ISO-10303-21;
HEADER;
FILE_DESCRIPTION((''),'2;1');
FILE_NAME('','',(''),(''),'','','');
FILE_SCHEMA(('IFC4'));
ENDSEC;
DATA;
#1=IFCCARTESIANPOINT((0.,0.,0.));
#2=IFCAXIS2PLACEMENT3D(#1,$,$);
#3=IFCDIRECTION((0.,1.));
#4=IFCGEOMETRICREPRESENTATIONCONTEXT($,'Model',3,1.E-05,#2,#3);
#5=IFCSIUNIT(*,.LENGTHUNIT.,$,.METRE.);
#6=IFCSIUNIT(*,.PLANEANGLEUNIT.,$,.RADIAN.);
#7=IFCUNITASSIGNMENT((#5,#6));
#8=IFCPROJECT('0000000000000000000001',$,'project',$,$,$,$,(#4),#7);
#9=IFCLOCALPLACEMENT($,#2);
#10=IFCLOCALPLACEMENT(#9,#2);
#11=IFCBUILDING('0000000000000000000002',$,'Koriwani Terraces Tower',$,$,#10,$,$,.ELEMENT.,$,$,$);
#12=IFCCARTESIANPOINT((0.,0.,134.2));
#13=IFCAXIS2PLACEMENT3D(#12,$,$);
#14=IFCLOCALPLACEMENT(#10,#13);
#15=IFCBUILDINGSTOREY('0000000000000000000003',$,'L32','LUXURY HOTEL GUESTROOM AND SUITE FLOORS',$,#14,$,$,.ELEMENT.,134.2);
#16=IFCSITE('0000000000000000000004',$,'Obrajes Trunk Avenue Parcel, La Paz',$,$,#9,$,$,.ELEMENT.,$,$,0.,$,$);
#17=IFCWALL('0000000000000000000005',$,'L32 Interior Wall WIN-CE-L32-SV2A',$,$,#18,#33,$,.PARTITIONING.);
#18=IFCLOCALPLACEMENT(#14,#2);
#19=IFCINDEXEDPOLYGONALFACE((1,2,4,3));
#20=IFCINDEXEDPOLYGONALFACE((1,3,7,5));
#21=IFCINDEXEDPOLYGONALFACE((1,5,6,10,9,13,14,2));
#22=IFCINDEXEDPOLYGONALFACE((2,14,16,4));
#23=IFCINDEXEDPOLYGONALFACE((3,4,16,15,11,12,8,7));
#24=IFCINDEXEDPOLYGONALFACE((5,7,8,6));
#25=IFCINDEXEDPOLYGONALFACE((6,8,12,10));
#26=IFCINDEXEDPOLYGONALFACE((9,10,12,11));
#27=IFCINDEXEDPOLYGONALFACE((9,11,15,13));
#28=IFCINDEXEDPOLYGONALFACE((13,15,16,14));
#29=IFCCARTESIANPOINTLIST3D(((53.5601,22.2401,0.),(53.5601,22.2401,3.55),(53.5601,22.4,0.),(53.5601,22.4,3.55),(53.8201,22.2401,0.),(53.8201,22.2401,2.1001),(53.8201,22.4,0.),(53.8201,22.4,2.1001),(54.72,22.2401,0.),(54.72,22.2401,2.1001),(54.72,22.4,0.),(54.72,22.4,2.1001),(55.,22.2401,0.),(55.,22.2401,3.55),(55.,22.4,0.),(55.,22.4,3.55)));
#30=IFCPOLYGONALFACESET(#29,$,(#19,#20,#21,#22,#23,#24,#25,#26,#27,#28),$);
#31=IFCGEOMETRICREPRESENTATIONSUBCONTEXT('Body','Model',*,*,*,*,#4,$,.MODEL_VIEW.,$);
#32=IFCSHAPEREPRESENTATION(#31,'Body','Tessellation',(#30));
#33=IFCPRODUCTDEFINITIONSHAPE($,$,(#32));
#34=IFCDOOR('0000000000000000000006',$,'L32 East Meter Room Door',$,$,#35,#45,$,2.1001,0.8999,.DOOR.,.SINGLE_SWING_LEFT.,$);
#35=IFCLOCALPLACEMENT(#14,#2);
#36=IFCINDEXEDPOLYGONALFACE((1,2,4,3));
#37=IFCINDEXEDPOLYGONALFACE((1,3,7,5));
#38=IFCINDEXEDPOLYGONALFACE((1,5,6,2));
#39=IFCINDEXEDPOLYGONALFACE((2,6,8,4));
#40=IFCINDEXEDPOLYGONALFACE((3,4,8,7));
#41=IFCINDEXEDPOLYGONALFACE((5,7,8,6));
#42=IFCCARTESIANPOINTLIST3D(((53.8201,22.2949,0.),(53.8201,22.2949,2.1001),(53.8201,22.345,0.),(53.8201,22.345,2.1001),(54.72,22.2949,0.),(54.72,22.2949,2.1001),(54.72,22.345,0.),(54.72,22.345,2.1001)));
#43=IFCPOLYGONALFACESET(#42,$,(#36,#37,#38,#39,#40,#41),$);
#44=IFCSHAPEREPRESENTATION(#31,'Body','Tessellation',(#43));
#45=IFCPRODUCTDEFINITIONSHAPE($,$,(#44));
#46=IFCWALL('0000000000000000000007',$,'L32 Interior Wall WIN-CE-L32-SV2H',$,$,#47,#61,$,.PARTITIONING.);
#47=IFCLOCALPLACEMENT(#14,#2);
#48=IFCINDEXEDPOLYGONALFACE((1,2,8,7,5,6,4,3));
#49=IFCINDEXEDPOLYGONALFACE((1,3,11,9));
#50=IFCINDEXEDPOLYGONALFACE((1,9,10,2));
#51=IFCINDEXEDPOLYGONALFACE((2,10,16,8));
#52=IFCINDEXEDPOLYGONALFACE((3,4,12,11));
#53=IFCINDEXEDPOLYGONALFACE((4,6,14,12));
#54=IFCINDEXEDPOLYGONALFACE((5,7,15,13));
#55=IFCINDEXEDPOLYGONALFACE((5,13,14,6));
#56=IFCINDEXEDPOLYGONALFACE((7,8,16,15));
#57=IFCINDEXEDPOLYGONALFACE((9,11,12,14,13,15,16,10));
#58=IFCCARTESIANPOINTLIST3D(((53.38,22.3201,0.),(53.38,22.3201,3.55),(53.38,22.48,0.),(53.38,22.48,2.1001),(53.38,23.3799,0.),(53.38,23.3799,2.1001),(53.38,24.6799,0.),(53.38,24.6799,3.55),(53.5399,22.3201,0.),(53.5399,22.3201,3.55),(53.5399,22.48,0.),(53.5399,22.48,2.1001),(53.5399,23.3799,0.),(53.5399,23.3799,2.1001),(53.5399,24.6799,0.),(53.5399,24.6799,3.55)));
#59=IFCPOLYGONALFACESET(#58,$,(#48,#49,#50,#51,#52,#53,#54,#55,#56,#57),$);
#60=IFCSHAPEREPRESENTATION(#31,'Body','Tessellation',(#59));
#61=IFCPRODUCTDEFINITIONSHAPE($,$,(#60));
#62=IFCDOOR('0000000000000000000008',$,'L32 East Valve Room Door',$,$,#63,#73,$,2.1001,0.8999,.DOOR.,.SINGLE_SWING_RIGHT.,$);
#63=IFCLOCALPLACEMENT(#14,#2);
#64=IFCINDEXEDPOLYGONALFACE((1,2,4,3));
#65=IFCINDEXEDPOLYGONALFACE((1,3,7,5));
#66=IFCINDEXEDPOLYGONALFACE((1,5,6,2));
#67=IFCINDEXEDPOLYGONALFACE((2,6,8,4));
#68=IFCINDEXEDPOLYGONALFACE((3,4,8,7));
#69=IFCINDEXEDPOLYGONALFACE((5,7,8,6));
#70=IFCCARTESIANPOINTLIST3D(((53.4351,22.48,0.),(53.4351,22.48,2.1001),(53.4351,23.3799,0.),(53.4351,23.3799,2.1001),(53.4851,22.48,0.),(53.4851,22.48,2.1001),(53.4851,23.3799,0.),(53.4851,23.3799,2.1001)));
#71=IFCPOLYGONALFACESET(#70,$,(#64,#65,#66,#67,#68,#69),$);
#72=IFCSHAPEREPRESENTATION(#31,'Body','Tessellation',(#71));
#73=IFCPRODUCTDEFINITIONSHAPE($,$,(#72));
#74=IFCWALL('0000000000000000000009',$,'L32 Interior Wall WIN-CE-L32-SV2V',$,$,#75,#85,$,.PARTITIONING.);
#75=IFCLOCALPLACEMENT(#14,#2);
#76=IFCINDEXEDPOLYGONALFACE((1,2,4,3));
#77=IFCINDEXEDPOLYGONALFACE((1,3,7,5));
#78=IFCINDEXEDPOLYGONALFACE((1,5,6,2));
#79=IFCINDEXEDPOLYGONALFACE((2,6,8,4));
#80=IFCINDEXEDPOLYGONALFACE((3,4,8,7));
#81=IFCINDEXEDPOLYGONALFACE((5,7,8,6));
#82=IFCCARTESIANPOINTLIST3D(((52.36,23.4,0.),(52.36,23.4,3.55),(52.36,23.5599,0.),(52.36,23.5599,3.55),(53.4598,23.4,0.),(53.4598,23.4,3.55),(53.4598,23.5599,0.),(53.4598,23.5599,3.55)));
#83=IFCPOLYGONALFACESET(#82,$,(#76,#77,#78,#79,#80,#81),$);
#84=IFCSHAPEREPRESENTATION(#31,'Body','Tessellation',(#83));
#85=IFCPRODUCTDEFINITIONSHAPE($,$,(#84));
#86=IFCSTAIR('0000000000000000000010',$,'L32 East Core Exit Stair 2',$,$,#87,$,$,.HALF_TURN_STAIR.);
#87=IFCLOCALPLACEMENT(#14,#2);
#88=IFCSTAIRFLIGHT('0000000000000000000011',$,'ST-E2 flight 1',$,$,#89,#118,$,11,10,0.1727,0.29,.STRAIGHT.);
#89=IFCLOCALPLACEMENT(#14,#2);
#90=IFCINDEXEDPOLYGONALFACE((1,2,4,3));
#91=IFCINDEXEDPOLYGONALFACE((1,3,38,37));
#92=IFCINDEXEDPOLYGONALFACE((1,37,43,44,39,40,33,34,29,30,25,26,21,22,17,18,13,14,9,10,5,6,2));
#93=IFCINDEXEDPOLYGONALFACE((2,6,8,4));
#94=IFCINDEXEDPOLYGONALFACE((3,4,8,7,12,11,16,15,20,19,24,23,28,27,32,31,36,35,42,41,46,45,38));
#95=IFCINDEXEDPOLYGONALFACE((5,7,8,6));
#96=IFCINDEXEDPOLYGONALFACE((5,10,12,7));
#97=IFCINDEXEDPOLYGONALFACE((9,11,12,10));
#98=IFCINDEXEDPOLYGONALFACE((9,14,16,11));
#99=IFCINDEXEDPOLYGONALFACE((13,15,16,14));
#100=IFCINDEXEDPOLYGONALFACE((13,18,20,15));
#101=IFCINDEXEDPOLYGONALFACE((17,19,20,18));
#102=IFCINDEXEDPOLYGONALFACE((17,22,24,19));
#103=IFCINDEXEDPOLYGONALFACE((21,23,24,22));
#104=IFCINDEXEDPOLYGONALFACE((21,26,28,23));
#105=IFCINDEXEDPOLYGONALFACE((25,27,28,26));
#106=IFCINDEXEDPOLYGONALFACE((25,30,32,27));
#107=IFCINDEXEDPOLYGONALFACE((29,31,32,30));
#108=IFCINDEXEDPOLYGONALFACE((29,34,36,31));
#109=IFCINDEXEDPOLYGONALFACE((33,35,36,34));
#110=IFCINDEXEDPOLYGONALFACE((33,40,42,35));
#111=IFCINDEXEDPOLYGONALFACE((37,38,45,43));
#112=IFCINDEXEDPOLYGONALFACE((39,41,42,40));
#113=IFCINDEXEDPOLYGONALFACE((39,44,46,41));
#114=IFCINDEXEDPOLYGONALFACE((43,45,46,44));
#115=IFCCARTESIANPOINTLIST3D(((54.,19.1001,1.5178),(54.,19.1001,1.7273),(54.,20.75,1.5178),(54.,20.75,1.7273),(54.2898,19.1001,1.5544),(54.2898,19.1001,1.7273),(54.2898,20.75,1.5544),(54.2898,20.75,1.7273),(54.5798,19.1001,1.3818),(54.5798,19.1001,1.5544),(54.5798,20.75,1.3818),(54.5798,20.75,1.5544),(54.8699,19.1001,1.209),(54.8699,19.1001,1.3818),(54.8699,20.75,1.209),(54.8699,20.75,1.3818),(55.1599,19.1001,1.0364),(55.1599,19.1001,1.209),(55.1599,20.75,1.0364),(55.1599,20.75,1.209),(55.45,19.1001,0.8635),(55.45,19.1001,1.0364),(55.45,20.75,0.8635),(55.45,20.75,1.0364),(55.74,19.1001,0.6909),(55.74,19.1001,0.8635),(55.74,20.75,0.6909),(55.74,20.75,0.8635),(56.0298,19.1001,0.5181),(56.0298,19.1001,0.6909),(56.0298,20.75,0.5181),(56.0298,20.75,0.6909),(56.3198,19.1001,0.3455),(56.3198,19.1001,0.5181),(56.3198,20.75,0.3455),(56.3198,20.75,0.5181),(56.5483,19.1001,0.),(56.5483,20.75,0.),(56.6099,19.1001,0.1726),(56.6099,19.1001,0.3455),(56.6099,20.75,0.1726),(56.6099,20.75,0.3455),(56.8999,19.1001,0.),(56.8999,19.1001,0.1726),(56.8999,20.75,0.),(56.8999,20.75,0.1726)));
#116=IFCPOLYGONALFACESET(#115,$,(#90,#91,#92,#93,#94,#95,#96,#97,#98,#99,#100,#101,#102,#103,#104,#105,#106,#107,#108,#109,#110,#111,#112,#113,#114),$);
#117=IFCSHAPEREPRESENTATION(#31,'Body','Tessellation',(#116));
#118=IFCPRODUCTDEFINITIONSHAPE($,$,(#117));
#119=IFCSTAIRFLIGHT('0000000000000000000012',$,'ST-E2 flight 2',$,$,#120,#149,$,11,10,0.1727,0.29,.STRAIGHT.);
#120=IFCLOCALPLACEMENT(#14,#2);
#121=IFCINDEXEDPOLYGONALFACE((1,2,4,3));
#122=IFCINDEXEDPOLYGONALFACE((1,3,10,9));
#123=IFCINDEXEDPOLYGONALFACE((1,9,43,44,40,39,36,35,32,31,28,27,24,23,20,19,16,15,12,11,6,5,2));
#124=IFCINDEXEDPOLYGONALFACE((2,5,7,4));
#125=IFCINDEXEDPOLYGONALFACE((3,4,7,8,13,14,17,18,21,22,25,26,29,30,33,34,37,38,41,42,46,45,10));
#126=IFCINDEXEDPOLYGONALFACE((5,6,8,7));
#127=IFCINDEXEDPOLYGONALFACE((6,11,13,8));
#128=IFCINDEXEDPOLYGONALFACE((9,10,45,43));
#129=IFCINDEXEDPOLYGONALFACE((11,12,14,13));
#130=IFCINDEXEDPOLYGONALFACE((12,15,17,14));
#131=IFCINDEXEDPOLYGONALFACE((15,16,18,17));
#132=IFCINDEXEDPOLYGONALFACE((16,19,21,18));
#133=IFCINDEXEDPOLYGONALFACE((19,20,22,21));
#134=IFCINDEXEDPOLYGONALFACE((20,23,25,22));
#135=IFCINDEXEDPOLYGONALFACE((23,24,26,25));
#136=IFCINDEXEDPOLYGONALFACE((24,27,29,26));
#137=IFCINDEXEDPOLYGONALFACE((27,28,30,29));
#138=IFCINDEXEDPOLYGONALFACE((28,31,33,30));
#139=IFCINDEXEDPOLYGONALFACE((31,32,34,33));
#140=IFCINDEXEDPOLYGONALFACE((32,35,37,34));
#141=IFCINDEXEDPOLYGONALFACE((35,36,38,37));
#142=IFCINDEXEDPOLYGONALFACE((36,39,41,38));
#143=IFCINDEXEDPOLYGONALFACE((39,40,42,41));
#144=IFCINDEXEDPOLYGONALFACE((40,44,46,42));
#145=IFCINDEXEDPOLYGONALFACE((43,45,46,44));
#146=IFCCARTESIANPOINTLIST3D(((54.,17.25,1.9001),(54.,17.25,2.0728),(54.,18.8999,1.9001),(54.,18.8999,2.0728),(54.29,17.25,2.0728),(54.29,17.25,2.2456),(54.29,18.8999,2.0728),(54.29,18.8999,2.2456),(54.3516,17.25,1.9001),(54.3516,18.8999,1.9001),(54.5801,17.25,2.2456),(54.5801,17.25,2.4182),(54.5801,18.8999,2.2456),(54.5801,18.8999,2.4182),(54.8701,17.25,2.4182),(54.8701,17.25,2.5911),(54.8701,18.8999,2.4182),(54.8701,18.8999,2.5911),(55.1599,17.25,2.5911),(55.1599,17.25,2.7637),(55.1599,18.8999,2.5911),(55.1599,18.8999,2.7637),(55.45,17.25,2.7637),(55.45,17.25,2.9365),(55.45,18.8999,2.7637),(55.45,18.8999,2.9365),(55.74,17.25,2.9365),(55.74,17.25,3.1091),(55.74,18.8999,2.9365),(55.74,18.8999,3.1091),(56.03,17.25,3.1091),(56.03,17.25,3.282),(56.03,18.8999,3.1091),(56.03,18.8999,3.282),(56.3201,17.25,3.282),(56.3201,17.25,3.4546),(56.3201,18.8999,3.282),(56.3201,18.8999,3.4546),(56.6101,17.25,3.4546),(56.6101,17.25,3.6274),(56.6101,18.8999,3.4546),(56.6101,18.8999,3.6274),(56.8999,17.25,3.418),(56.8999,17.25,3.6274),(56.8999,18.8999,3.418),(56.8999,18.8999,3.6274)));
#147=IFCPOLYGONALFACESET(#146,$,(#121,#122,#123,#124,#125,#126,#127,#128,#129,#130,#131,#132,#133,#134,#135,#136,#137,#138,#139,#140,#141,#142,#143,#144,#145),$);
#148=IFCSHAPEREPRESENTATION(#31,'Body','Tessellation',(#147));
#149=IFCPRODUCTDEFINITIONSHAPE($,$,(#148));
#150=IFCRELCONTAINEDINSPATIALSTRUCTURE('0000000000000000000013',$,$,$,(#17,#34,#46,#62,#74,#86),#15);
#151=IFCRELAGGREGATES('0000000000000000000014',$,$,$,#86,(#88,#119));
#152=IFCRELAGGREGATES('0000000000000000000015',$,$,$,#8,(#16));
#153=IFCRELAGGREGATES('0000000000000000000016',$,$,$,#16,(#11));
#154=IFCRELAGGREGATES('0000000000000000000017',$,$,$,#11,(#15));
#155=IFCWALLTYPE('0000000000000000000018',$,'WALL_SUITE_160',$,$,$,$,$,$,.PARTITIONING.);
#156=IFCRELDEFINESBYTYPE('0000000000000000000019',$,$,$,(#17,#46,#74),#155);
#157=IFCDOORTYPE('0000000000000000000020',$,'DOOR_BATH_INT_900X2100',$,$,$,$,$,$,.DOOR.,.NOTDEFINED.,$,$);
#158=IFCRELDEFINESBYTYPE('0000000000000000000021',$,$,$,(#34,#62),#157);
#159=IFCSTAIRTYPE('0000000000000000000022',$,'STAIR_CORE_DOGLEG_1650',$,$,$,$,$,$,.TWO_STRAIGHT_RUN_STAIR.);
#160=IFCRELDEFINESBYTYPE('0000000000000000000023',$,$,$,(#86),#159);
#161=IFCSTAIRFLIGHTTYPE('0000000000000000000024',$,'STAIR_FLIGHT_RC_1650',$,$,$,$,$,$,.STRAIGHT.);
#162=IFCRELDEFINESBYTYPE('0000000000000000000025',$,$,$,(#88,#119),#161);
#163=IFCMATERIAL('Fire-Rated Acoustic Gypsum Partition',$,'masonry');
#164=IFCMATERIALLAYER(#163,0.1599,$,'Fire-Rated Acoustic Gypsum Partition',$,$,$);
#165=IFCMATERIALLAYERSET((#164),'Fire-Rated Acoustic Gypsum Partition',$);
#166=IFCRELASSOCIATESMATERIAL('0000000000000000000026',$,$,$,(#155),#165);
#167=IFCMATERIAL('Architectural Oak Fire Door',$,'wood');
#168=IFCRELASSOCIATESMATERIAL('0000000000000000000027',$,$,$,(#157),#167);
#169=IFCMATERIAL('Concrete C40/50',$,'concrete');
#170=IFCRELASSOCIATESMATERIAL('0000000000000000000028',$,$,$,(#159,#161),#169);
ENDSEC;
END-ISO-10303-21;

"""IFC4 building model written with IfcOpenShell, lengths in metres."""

from ifc_helpers import new_model, si_unit, direction, frame, frame_2d, origin, place, context, subcontext, project, spatial, polyline, rectangle, outline, extrude, material, layer, layer_set, type_object, element, fill, aggregate, save


model = new_model("IFC4")

# Units and contexts
model_context = context("Model", 3, precision=1e-05, world=origin(), true_north=direction((0.0, 1.0)))
body_context = subcontext(model_context, "Body", "Model", "MODEL_VIEW")
ifc_project = project(units=[si_unit("LENGTHUNIT", "METRE"), si_unit("PLANEANGLEUNIT", "RADIAN")], contexts=[model_context])

# Site, building, storey
site_placement = place(None, origin())
site = spatial("IfcSite", under=ifc_project, at=site_placement, Name="Obrajes Trunk Avenue Parcel, La Paz", CompositionType="ELEMENT", RefElevation=0.0)
building_placement = place(site_placement, origin())
building = spatial("IfcBuilding", under=site, at=building_placement, Name="Koriwani Terraces Tower", CompositionType="ELEMENT")
storey_placement = place(building_placement, frame((0.0, 0.0, 134.2)))
storey = spatial("IfcBuildingStorey", under=building, at=storey_placement, Name="L32", Description="LUXURY HOTEL GUESTROOM AND SUITE FLOORS", CompositionType="ELEMENT", Elevation=134.2)

# Shared definitions
ifc_material_1 = material(Name="Concrete C40/50", Category="concrete")

# Walls, openings, doors
ifc_material_2 = material(Name="Fire-Rated Acoustic Gypsum Partition", Category="masonry")
ifc_layer_1 = layer(ifc_material_2, 0.1599, Name="Fire-Rated Acoustic Gypsum Partition")
ifc_layer_set_1 = layer_set([ifc_layer_1], Name="Fire-Rated Acoustic Gypsum Partition")
wall_type_1 = type_object("IfcWallType", Name="WALL_SUITE_160", PredefinedType="PARTITIONING", material=ifc_layer_set_1)
wall_1_placement = place(storey_placement, frame((53.5601, 22.3201, 0.0), z_axis=(0.0, 0.0, 1.0), x_axis=(1.0, 0.0, 0.0)))
wall_1 = element("IfcWall", 1, at=wall_1_placement, inside=storey, type_object=wall_type_1, Name="L32 Interior Wall WIN-CE-L32-SV2A", PredefinedType="PARTITIONING", context=body_context, shape_type="SweptSolid", body=[
    extrude(rectangle(XDim=1.4399, YDim=0.1599, at=frame_2d((0.72, 0.0))), origin(), (0.0, 0.0, 1.0), 3.55),
])
opening_1_placement = place(wall_1_placement, frame((0.26, 0.0, 0.0)))
opening_1 = element("IfcOpeningElement", 2, at=opening_1_placement, cuts=wall_1, PredefinedType="OPENING", context=body_context, shape_type="SweptSolid", body=[
    extrude(rectangle(XDim=0.8999, YDim=2.1001, at=frame_2d((0.45, 1.05))), frame((0.0, 0.0898, 0.0), z_axis=(0.0, -1.0, 0.0), x_axis=(1.0, 0.0, 0.0)), (0.0, 0.0, 1.0), 0.1799),
])
ifc_material_3 = material(Name="Architectural Oak Fire Door", Category="wood")
door_type_1 = type_object("IfcDoorType", Name="DOOR_BATH_INT_900X2100", OperationType="NOTDEFINED", PredefinedType="DOOR", material=ifc_material_3)
door_1_placement = place(opening_1_placement, origin())
door_1 = element("IfcDoor", 3, at=door_1_placement, inside=storey, type_object=door_type_1, Name="L32 East Meter Room Door", OperationType="SINGLE_SWING_LEFT", OverallHeight=2.1001, OverallWidth=0.8999, PredefinedType="DOOR", context=body_context, shape_type="SweptSolid", body=[
    extrude(rectangle(XDim=0.8999, YDim=2.1001, at=frame_2d((0.45, 1.05))), frame((0.0, 0.0249, 0.0), z_axis=(0.0, -1.0, 0.0), x_axis=(1.0, 0.0, 0.0)), (0.0, 0.0, 1.0), 0.05),
])
fill(opening_1, door_1)
wall_2_placement = place(storey_placement, frame((53.46, 22.3201, 0.0), z_axis=(0.0, 0.0, 1.0), x_axis=(0.0, 1.0, 0.0)))
wall_2 = element("IfcWall", 4, at=wall_2_placement, inside=storey, type_object=wall_type_1, Name="L32 Interior Wall WIN-CE-L32-SV2H", PredefinedType="PARTITIONING", context=body_context, shape_type="SweptSolid", body=[
    extrude(rectangle(XDim=2.3599, YDim=0.1599, at=frame_2d((1.1799, 0.0))), origin(), (0.0, 0.0, 1.0), 3.55),
])
opening_2_placement = place(wall_2_placement, frame((0.1599, 0.0, 0.0)))
opening_2 = element("IfcOpeningElement", 5, at=opening_2_placement, cuts=wall_2, PredefinedType="OPENING", context=body_context, shape_type="SweptSolid", body=[
    extrude(rectangle(XDim=0.8999, YDim=2.1001, at=frame_2d((0.45, 1.05))), frame((0.0, 0.0898, 0.0), z_axis=(0.0, -1.0, 0.0), x_axis=(1.0, 0.0, 0.0)), (0.0, 0.0, 1.0), 0.1799),
])
door_2_placement = place(opening_2_placement, origin())
door_2 = element("IfcDoor", 6, at=door_2_placement, inside=storey, type_object=door_type_1, Name="L32 East Valve Room Door", OperationType="SINGLE_SWING_RIGHT", OverallHeight=2.1001, OverallWidth=0.8999, PredefinedType="DOOR", context=body_context, shape_type="SweptSolid", body=[
    extrude(rectangle(XDim=0.8999, YDim=2.1001, at=frame_2d((0.45, 1.05))), frame((0.0, 0.0249, 0.0), z_axis=(0.0, -1.0, 0.0), x_axis=(1.0, 0.0, 0.0)), (0.0, 0.0, 1.0), 0.05),
])
fill(opening_2, door_2)

# Wall
wall_3_placement = place(storey_placement, frame((52.3601, 23.48, 0.0), z_axis=(0.0, 0.0, 1.0), x_axis=(1.0, 0.0, 0.0)))
element("IfcWall", 7, at=wall_3_placement, inside=storey, type_object=wall_type_1, Name="L32 Interior Wall WIN-CE-L32-SV2V", PredefinedType="PARTITIONING", context=body_context, shape_type="SweptSolid", body=[
    extrude(rectangle(XDim=1.0999, YDim=0.1599, at=frame_2d((0.5498, 0.0))), origin(), (0.0, 0.0, 1.0), 3.55),
])

# Stair, stair flights
stair_type = type_object("IfcStairType", Name="STAIR_CORE_DOGLEG_1650", PredefinedType="TWO_STRAIGHT_RUN_STAIR", material=ifc_material_1)
stair_placement = place(storey_placement, origin())
stair = element("IfcStair", 8, at=stair_placement, inside=storey, type_object=stair_type, Name="L32 East Core Exit Stair 2", PredefinedType="HALF_TURN_STAIR")
stair_flight_type = type_object("IfcStairFlightType", Name="STAIR_FLIGHT_RC_1650", PredefinedType="STRAIGHT", material=ifc_material_1)
stair_flight_1_placement = place(storey_placement, frame((56.8999, 19.925, 0.0), z_axis=(0.0, 0.0, 1.0), x_axis=(-1.0, 0.0, 0.0)))
stair_flight_1 = element("IfcStairFlight", 9, at=stair_flight_1_placement, type_object=stair_flight_type, Name="ST-E2 flight 1", NumberOfRisers=11, NumberOfTreads=10, PredefinedType="STRAIGHT", RiserHeight=0.1727, TreadLength=0.29, context=body_context, shape_type="SweptSolid", body=[
    extrude(outline(polyline([(0.0, 0.0), (0.0, 0.1726), (0.29, 0.1726), (0.29, 0.3455), (0.5801, 0.3455), (0.5801, 0.5181), (0.8701, 0.5181), (0.8701, 0.6909), (1.1599, 0.6909), (1.1599, 0.8635), (1.45, 0.8635), (1.45, 1.0364), (1.74, 1.0364), (1.74, 1.209), (2.03, 1.209), (2.03, 1.3818), (2.3201, 1.3818), (2.3201, 1.5544), (2.6101, 1.5544), (2.6101, 1.7273), (2.8999, 1.7273), (2.8999, 1.8999), (2.8999, 1.5178), (0.3516, 0.0), (0.0, 0.0)])), frame((0.0, 0.825, 0.0), z_axis=(0.0, -1.0, 0.0), x_axis=(1.0, 0.0, 0.0)), (0.0, 0.0, 1.0), 1.6499),
])
stair_flight_2_placement = place(storey_placement, frame((54.0, 18.075, 1.9001), z_axis=(0.0, 0.0, 1.0), x_axis=(1.0, 0.0, 0.0)))
stair_flight_2 = element("IfcStairFlight", 10, at=stair_flight_2_placement, type_object=stair_flight_type, Name="ST-E2 flight 2", NumberOfRisers=11, NumberOfTreads=10, PredefinedType="STRAIGHT", RiserHeight=0.1727, TreadLength=0.29, context=body_context, shape_type="SweptSolid", body=[
    extrude(outline(polyline([(0.0, 0.0), (0.0, 0.1726), (0.29, 0.1726), (0.29, 0.3455), (0.5801, 0.3455), (0.5801, 0.5181), (0.8701, 0.5181), (0.8701, 0.6909), (1.1599, 0.6909), (1.1599, 0.8635), (1.45, 0.8635), (1.45, 1.0364), (1.74, 1.0364), (1.74, 1.209), (2.03, 1.209), (2.03, 1.3818), (2.3201, 1.3818), (2.3201, 1.5544), (2.6101, 1.5544), (2.6101, 1.7273), (2.8999, 1.7273), (2.8999, 1.8999), (2.8999, 1.5178), (0.3516, 0.0), (0.0, 0.0)])), frame((0.0, 0.825, 0.0), z_axis=(0.0, -1.0, 0.0), x_axis=(1.0, 0.0, 0.0)), (0.0, 0.0, 1.0), 1.6499),
])
aggregate(stair, [stair_flight_1, stair_flight_2])

save(model, "model.ifc")
